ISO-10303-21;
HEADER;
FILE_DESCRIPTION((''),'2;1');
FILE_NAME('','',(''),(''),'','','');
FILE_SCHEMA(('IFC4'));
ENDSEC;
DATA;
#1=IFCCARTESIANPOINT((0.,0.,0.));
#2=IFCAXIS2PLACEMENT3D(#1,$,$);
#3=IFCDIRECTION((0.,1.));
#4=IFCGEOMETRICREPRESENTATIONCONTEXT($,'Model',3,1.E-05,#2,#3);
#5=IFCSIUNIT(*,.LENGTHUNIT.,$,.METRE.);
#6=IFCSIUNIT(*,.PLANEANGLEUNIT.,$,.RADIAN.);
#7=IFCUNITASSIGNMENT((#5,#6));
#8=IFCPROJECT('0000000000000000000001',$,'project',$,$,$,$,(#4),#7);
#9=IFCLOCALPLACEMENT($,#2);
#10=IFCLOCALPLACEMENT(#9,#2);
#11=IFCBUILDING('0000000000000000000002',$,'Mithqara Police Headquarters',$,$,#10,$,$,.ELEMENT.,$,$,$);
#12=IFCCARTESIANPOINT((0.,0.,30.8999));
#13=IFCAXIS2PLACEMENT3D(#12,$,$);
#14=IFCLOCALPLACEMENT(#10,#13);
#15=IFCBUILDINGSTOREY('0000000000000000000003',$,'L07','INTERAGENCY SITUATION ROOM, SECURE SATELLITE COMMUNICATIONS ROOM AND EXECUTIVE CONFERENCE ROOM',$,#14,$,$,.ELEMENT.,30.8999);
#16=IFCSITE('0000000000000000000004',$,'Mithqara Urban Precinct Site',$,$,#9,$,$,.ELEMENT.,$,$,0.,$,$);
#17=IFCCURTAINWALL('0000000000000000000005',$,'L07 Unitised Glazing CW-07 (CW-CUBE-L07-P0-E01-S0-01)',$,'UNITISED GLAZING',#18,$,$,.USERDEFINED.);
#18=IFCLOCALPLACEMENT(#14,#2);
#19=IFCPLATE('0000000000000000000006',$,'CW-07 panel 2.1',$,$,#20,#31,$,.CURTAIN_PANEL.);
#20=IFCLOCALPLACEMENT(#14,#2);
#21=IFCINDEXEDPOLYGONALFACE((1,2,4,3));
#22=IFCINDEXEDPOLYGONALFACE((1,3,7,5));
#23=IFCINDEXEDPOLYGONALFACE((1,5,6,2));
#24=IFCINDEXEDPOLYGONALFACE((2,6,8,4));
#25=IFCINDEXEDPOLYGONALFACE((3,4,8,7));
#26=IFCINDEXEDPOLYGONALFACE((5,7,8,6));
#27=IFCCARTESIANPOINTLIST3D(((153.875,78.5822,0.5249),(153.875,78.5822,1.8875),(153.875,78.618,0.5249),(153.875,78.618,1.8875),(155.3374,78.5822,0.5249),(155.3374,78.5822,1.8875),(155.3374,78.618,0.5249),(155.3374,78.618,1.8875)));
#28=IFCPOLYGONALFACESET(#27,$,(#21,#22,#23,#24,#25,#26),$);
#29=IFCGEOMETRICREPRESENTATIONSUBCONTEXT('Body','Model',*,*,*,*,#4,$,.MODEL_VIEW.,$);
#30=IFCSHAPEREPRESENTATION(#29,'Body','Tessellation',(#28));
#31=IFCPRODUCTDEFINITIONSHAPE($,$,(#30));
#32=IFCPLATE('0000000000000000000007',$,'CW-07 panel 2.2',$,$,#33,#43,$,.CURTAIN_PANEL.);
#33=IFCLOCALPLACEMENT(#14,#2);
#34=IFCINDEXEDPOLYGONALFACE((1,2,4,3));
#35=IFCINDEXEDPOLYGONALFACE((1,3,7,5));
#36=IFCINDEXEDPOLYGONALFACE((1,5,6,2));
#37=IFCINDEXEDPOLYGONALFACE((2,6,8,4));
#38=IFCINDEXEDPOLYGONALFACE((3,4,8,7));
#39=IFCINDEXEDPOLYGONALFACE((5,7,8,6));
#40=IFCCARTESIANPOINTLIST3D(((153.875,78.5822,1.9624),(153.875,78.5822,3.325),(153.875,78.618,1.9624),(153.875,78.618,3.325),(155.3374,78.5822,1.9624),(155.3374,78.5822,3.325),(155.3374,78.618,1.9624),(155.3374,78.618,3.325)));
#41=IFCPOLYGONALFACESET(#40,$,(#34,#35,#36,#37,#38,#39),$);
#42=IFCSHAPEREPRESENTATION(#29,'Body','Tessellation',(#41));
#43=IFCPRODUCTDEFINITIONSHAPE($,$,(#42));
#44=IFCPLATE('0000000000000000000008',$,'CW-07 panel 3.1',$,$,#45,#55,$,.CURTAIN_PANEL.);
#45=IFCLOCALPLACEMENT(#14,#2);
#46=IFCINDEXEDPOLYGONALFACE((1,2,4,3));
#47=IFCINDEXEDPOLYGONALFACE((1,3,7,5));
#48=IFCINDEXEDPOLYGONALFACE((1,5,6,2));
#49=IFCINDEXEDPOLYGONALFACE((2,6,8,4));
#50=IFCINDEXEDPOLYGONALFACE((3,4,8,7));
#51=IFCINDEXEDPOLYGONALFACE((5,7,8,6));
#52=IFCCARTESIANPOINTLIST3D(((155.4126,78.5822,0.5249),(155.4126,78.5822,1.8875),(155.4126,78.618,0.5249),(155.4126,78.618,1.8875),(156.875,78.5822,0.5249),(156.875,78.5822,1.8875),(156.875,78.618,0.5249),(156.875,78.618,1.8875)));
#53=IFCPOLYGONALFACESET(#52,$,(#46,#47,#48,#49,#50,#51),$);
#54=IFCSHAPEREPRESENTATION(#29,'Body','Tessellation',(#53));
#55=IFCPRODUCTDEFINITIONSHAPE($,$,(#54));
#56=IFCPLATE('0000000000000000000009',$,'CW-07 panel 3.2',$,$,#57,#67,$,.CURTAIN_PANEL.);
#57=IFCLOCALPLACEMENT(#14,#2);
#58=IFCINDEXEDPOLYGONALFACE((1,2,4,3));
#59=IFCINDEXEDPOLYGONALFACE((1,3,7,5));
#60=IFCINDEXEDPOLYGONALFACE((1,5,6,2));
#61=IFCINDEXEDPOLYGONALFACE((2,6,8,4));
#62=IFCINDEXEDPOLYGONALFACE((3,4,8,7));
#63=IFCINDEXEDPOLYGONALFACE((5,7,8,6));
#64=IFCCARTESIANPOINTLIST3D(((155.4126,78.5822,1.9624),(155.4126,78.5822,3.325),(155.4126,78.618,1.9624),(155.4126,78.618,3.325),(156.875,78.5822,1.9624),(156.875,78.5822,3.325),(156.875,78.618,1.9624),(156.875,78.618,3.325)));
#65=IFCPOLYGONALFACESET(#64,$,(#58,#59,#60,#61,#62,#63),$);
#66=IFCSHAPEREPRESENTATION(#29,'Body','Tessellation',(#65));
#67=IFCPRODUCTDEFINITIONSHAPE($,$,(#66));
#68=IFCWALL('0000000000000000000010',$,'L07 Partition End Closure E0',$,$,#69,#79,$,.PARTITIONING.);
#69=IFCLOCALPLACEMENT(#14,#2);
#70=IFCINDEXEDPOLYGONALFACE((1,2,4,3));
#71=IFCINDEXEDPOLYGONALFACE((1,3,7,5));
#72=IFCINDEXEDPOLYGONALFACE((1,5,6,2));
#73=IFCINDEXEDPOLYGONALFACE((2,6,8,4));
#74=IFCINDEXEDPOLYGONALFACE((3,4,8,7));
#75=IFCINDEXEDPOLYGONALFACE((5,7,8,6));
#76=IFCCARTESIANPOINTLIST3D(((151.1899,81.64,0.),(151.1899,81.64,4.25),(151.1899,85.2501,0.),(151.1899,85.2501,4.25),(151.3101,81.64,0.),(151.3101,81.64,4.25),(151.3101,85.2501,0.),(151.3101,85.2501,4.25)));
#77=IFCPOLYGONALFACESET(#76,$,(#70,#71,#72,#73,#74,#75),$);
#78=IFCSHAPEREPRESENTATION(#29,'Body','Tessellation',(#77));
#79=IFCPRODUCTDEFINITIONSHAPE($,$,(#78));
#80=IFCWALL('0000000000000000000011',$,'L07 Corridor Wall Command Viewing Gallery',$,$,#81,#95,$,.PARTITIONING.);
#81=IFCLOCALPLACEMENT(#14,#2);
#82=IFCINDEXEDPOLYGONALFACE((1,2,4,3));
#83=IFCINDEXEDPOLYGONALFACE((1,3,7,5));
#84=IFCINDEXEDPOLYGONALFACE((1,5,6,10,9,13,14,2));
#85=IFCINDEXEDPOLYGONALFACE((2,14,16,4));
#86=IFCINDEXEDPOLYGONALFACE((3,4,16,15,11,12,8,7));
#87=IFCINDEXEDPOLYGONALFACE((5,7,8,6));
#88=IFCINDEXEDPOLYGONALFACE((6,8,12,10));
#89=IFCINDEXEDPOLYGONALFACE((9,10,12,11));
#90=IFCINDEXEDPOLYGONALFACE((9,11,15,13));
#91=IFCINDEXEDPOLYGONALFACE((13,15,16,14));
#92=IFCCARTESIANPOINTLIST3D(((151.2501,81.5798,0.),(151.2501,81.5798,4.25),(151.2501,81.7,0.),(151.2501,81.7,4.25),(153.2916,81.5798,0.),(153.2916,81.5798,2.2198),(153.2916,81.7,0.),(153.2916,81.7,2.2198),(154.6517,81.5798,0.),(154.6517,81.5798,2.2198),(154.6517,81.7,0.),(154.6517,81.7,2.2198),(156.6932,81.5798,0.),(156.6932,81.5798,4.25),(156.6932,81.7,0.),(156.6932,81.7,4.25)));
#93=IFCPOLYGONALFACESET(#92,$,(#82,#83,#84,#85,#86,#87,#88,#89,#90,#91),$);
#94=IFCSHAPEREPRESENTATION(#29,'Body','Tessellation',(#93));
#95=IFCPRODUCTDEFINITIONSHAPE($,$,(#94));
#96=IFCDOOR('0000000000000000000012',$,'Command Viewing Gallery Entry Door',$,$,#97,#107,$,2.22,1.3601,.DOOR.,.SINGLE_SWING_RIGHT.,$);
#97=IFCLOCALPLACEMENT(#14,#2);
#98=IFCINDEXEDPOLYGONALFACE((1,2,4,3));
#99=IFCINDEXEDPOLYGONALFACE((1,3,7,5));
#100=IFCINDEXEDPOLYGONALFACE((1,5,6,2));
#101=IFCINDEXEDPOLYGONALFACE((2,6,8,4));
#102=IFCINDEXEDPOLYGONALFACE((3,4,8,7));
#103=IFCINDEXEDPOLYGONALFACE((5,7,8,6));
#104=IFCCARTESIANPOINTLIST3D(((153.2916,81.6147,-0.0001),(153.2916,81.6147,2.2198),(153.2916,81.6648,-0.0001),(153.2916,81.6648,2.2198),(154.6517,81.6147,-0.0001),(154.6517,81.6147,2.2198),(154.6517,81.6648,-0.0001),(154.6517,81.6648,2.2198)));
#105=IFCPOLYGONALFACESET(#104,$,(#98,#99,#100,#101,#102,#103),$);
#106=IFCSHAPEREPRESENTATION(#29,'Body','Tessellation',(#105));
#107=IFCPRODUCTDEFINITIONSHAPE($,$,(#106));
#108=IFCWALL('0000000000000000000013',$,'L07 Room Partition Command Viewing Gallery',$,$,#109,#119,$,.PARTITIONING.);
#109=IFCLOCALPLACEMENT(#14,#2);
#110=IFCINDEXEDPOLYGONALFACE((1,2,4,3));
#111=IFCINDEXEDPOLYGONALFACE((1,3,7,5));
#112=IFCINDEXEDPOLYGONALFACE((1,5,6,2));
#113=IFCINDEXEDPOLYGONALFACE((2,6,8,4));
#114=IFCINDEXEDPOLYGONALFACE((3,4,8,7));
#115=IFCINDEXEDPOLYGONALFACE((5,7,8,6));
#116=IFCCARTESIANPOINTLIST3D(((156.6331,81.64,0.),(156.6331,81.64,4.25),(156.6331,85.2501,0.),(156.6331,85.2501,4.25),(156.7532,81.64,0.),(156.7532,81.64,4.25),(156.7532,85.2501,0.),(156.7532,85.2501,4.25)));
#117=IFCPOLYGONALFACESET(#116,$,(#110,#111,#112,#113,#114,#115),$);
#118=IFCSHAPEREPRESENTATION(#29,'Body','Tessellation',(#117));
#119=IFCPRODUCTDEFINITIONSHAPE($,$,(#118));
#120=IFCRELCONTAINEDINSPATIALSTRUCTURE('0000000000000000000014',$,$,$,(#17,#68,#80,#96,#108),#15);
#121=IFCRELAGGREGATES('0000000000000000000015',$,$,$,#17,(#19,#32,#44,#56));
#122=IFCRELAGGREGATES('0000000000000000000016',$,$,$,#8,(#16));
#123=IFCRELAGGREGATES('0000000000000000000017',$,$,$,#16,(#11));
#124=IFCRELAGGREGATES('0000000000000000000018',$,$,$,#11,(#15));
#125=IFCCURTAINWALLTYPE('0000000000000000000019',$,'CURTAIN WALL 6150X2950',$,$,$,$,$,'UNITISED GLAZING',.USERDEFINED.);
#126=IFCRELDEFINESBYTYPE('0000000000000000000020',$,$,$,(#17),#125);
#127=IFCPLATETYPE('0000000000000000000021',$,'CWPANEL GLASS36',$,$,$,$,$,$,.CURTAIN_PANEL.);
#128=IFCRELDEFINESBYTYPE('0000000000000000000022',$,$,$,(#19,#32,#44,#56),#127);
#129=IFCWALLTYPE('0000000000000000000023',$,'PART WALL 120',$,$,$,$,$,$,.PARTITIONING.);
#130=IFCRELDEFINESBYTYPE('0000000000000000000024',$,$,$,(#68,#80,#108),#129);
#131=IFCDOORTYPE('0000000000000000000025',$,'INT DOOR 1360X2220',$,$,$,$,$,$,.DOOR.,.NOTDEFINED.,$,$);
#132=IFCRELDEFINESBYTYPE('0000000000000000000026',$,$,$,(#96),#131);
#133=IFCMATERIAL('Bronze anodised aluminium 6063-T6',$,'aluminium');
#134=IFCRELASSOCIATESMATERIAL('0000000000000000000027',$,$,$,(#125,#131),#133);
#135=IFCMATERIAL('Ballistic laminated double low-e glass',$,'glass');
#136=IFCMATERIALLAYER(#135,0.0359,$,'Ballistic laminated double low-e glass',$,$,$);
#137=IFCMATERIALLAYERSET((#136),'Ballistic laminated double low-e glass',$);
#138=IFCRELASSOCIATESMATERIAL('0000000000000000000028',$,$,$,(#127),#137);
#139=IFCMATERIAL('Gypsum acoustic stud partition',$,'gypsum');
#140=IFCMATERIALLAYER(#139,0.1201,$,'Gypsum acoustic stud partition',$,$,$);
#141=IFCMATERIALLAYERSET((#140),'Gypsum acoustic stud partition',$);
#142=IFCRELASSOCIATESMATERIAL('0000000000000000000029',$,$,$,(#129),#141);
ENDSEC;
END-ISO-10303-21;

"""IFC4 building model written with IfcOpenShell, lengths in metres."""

from ifc_helpers import new_model, si_unit, direction, frame, frame_2d, origin, origin_2d, place, context, subcontext, project, spatial, rectangle, extrude, material, layer, layer_set, type_object, element, fill, aggregate, save


model = new_model("IFC4")

# Units and contexts
model_context = context("Model", 3, precision=1e-05, world=origin(), true_north=direction((0.0, 1.0)))
body_context = subcontext(model_context, "Body", "Model", "MODEL_VIEW")
ifc_project = project(units=[si_unit("LENGTHUNIT", "METRE"), si_unit("PLANEANGLEUNIT", "RADIAN")], contexts=[model_context])

# Site, building, storey
site_placement = place(None, origin())
site = spatial("IfcSite", under=ifc_project, at=site_placement, Name="Mithqara Urban Precinct Site", CompositionType="ELEMENT", RefElevation=0.0)
building_placement = place(site_placement, origin())
building = spatial("IfcBuilding", under=site, at=building_placement, Name="Mithqara Police Headquarters", CompositionType="ELEMENT")
storey_placement = place(building_placement, frame((0.0, 0.0, 30.8999)))
storey = spatial("IfcBuildingStorey", under=building, at=storey_placement, Name="L07", Description="INTERAGENCY SITUATION ROOM, SECURE SATELLITE COMMUNICATIONS ROOM AND EXECUTIVE CONFERENCE ROOM", CompositionType="ELEMENT", Elevation=30.8999)

# Curtain wall
ifc_material_1 = material(Name="Bronze anodised aluminium 6063-T6", Category="aluminium")
curtain_wall_type_1 = type_object("IfcCurtainWallType", Name="CURTAIN WALL 6150X2950", ElementType="UNITISED GLAZING", PredefinedType="USERDEFINED", material=ifc_material_1)
curtain_wall_1_placement = place(storey_placement, origin())
curtain_wall_1 = element("IfcCurtainWall", 1, at=curtain_wall_1_placement, inside=storey, type_object=curtain_wall_type_1, Name="L07 Unitised Glazing CW-07 (CW-CUBE-L07-P0-E01-S0-01)", ObjectType="UNITISED GLAZING", PredefinedType="USERDEFINED")

# Plates
ifc_material_2 = material(Name="Ballistic laminated double low-e glass", Category="glass")
ifc_layer_1 = layer(ifc_material_2, 0.0359, Name="Ballistic laminated double low-e glass")
ifc_layer_set_1 = layer_set([ifc_layer_1], Name="Ballistic laminated double low-e glass")
plate_type = type_object("IfcPlateType", Name="CWPANEL GLASS36", PredefinedType="CURTAIN_PANEL", material=ifc_layer_set_1)
plate_1_placement = place(storey_placement, frame((154.6062, 78.6001, 0.5249), z_axis=(0.0, 0.0, 1.0), x_axis=(1.0, 0.0, 0.0)))
plate_1 = element("IfcPlate", 2, at=plate_1_placement, type_object=plate_type, Name="CW-07 panel 2.1", PredefinedType="CURTAIN_PANEL", context=body_context, shape_type="SweptSolid", body=[
    extrude(rectangle(XDim=1.4624, YDim=0.0359, at=origin_2d()), origin(), (0.0, 0.0, 1.0), 1.3625),
])
plate_2_placement = place(storey_placement, frame((154.6062, 78.6001, 1.9624), z_axis=(0.0, 0.0, 1.0), x_axis=(1.0, 0.0, 0.0)))
plate_2 = element("IfcPlate", 3, at=plate_2_placement, type_object=plate_type, Name="CW-07 panel 2.2", PredefinedType="CURTAIN_PANEL", context=body_context, shape_type="SweptSolid", body=[
    extrude(rectangle(XDim=1.4624, YDim=0.0359, at=origin_2d()), origin(), (0.0, 0.0, 1.0), 1.3625),
])
plate_3_placement = place(storey_placement, frame((156.1438, 78.6001, 0.5249), z_axis=(0.0, 0.0, 1.0), x_axis=(1.0, 0.0, 0.0)))
plate_3 = element("IfcPlate", 4, at=plate_3_placement, type_object=plate_type, Name="CW-07 panel 3.1", PredefinedType="CURTAIN_PANEL", context=body_context, shape_type="SweptSolid", body=[
    extrude(rectangle(XDim=1.4624, YDim=0.0359, at=origin_2d()), origin(), (0.0, 0.0, 1.0), 1.3625),
])
plate_4_placement = place(storey_placement, frame((156.1438, 78.6001, 1.9624), z_axis=(0.0, 0.0, 1.0), x_axis=(1.0, 0.0, 0.0)))
plate_4 = element("IfcPlate", 5, at=plate_4_placement, type_object=plate_type, Name="CW-07 panel 3.2", PredefinedType="CURTAIN_PANEL", context=body_context, shape_type="SweptSolid", body=[
    extrude(rectangle(XDim=1.4624, YDim=0.0359, at=origin_2d()), origin(), (0.0, 0.0, 1.0), 1.3625),
])
aggregate(curtain_wall_1, [plate_1, plate_2, plate_3, plate_4])

# Wall
ifc_material_3 = material(Name="Gypsum acoustic stud partition", Category="gypsum")
ifc_layer_2 = layer(ifc_material_3, 0.1201, Name="Gypsum acoustic stud partition")
ifc_layer_set_2 = layer_set([ifc_layer_2], Name="Gypsum acoustic stud partition")
wall_type = type_object("IfcWallType", Name="PART WALL 120", PredefinedType="PARTITIONING", material=ifc_layer_set_2)
wall_1_placement = place(storey_placement, frame((151.25, 81.6399, 0.0), z_axis=(0.0, 0.0, 1.0), x_axis=(0.0, 1.0, 0.0)))
element("IfcWall", 6, at=wall_1_placement, inside=storey, type_object=wall_type, Name="L07 Partition End Closure E0", PredefinedType="PARTITIONING", context=body_context, shape_type="SweptSolid", body=[
    extrude(rectangle(XDim=3.6101, YDim=0.1201, at=frame_2d((1.8052, 0.0))), origin(), (0.0, 0.0, 1.0), 4.25),
])

# Wall, opening, door
wall_2_placement = place(storey_placement, frame((151.25, 81.6399, 0.0), z_axis=(0.0, 0.0, 1.0), x_axis=(1.0, 0.0, 0.0)))
wall_2 = element("IfcWall", 7, at=wall_2_placement, inside=storey, type_object=wall_type, Name="L07 Corridor Wall Command Viewing Gallery", PredefinedType="PARTITIONING", context=body_context, shape_type="SweptSolid", body=[
    extrude(rectangle(XDim=5.4431, YDim=0.1201, at=frame_2d((2.7217, 0.0))), origin(), (0.0, 0.0, 1.0), 4.25),
])
opening_placement = place(wall_2_placement, frame((2.0415, 0.0, 0.0)))
opening = element("IfcOpeningElement", 8, at=opening_placement, cuts=wall_2, PredefinedType="OPENING", context=body_context, shape_type="SweptSolid", body=[
    extrude(rectangle(XDim=1.3601, YDim=2.22, at=frame_2d((0.6802, 1.1099))), frame((0.0, 0.0701, 0.0), z_axis=(0.0, -1.0, 0.0), x_axis=(1.0, 0.0, 0.0)), (0.0, 0.0, 1.0), 0.1401),
])
door_type = type_object("IfcDoorType", Name="INT DOOR 1360X2220", OperationType="NOTDEFINED", PredefinedType="DOOR", material=ifc_material_1)
door_placement = place(opening_placement, origin())
door = element("IfcDoor", 9, at=door_placement, inside=storey, type_object=door_type, Name="Command Viewing Gallery Entry Door", OperationType="SINGLE_SWING_RIGHT", OverallHeight=2.22, OverallWidth=1.3601, PredefinedType="DOOR", context=body_context, shape_type="SweptSolid", body=[
    extrude(rectangle(XDim=1.3601, YDim=2.22, at=frame_2d((0.6802, 1.1099))), frame((0.0, 0.0249, 0.0), z_axis=(0.0, -1.0, 0.0), x_axis=(1.0, 0.0, 0.0)), (0.0, 0.0, 1.0), 0.05),
])
fill(opening, door)

# Wall
wall_3_placement = place(storey_placement, frame((156.6931, 81.6399, 0.0), z_axis=(0.0, 0.0, 1.0), x_axis=(0.0, 1.0, 0.0)))
element("IfcWall", 10, at=wall_3_placement, inside=storey, type_object=wall_type, Name="L07 Room Partition Command Viewing Gallery", PredefinedType="PARTITIONING", context=body_context, shape_type="SweptSolid", body=[
    extrude(rectangle(XDim=3.6101, YDim=0.1201, at=frame_2d((1.8052, 0.0))), origin(), (0.0, 0.0, 1.0), 4.25),
])

save(model, "model.ifc")
